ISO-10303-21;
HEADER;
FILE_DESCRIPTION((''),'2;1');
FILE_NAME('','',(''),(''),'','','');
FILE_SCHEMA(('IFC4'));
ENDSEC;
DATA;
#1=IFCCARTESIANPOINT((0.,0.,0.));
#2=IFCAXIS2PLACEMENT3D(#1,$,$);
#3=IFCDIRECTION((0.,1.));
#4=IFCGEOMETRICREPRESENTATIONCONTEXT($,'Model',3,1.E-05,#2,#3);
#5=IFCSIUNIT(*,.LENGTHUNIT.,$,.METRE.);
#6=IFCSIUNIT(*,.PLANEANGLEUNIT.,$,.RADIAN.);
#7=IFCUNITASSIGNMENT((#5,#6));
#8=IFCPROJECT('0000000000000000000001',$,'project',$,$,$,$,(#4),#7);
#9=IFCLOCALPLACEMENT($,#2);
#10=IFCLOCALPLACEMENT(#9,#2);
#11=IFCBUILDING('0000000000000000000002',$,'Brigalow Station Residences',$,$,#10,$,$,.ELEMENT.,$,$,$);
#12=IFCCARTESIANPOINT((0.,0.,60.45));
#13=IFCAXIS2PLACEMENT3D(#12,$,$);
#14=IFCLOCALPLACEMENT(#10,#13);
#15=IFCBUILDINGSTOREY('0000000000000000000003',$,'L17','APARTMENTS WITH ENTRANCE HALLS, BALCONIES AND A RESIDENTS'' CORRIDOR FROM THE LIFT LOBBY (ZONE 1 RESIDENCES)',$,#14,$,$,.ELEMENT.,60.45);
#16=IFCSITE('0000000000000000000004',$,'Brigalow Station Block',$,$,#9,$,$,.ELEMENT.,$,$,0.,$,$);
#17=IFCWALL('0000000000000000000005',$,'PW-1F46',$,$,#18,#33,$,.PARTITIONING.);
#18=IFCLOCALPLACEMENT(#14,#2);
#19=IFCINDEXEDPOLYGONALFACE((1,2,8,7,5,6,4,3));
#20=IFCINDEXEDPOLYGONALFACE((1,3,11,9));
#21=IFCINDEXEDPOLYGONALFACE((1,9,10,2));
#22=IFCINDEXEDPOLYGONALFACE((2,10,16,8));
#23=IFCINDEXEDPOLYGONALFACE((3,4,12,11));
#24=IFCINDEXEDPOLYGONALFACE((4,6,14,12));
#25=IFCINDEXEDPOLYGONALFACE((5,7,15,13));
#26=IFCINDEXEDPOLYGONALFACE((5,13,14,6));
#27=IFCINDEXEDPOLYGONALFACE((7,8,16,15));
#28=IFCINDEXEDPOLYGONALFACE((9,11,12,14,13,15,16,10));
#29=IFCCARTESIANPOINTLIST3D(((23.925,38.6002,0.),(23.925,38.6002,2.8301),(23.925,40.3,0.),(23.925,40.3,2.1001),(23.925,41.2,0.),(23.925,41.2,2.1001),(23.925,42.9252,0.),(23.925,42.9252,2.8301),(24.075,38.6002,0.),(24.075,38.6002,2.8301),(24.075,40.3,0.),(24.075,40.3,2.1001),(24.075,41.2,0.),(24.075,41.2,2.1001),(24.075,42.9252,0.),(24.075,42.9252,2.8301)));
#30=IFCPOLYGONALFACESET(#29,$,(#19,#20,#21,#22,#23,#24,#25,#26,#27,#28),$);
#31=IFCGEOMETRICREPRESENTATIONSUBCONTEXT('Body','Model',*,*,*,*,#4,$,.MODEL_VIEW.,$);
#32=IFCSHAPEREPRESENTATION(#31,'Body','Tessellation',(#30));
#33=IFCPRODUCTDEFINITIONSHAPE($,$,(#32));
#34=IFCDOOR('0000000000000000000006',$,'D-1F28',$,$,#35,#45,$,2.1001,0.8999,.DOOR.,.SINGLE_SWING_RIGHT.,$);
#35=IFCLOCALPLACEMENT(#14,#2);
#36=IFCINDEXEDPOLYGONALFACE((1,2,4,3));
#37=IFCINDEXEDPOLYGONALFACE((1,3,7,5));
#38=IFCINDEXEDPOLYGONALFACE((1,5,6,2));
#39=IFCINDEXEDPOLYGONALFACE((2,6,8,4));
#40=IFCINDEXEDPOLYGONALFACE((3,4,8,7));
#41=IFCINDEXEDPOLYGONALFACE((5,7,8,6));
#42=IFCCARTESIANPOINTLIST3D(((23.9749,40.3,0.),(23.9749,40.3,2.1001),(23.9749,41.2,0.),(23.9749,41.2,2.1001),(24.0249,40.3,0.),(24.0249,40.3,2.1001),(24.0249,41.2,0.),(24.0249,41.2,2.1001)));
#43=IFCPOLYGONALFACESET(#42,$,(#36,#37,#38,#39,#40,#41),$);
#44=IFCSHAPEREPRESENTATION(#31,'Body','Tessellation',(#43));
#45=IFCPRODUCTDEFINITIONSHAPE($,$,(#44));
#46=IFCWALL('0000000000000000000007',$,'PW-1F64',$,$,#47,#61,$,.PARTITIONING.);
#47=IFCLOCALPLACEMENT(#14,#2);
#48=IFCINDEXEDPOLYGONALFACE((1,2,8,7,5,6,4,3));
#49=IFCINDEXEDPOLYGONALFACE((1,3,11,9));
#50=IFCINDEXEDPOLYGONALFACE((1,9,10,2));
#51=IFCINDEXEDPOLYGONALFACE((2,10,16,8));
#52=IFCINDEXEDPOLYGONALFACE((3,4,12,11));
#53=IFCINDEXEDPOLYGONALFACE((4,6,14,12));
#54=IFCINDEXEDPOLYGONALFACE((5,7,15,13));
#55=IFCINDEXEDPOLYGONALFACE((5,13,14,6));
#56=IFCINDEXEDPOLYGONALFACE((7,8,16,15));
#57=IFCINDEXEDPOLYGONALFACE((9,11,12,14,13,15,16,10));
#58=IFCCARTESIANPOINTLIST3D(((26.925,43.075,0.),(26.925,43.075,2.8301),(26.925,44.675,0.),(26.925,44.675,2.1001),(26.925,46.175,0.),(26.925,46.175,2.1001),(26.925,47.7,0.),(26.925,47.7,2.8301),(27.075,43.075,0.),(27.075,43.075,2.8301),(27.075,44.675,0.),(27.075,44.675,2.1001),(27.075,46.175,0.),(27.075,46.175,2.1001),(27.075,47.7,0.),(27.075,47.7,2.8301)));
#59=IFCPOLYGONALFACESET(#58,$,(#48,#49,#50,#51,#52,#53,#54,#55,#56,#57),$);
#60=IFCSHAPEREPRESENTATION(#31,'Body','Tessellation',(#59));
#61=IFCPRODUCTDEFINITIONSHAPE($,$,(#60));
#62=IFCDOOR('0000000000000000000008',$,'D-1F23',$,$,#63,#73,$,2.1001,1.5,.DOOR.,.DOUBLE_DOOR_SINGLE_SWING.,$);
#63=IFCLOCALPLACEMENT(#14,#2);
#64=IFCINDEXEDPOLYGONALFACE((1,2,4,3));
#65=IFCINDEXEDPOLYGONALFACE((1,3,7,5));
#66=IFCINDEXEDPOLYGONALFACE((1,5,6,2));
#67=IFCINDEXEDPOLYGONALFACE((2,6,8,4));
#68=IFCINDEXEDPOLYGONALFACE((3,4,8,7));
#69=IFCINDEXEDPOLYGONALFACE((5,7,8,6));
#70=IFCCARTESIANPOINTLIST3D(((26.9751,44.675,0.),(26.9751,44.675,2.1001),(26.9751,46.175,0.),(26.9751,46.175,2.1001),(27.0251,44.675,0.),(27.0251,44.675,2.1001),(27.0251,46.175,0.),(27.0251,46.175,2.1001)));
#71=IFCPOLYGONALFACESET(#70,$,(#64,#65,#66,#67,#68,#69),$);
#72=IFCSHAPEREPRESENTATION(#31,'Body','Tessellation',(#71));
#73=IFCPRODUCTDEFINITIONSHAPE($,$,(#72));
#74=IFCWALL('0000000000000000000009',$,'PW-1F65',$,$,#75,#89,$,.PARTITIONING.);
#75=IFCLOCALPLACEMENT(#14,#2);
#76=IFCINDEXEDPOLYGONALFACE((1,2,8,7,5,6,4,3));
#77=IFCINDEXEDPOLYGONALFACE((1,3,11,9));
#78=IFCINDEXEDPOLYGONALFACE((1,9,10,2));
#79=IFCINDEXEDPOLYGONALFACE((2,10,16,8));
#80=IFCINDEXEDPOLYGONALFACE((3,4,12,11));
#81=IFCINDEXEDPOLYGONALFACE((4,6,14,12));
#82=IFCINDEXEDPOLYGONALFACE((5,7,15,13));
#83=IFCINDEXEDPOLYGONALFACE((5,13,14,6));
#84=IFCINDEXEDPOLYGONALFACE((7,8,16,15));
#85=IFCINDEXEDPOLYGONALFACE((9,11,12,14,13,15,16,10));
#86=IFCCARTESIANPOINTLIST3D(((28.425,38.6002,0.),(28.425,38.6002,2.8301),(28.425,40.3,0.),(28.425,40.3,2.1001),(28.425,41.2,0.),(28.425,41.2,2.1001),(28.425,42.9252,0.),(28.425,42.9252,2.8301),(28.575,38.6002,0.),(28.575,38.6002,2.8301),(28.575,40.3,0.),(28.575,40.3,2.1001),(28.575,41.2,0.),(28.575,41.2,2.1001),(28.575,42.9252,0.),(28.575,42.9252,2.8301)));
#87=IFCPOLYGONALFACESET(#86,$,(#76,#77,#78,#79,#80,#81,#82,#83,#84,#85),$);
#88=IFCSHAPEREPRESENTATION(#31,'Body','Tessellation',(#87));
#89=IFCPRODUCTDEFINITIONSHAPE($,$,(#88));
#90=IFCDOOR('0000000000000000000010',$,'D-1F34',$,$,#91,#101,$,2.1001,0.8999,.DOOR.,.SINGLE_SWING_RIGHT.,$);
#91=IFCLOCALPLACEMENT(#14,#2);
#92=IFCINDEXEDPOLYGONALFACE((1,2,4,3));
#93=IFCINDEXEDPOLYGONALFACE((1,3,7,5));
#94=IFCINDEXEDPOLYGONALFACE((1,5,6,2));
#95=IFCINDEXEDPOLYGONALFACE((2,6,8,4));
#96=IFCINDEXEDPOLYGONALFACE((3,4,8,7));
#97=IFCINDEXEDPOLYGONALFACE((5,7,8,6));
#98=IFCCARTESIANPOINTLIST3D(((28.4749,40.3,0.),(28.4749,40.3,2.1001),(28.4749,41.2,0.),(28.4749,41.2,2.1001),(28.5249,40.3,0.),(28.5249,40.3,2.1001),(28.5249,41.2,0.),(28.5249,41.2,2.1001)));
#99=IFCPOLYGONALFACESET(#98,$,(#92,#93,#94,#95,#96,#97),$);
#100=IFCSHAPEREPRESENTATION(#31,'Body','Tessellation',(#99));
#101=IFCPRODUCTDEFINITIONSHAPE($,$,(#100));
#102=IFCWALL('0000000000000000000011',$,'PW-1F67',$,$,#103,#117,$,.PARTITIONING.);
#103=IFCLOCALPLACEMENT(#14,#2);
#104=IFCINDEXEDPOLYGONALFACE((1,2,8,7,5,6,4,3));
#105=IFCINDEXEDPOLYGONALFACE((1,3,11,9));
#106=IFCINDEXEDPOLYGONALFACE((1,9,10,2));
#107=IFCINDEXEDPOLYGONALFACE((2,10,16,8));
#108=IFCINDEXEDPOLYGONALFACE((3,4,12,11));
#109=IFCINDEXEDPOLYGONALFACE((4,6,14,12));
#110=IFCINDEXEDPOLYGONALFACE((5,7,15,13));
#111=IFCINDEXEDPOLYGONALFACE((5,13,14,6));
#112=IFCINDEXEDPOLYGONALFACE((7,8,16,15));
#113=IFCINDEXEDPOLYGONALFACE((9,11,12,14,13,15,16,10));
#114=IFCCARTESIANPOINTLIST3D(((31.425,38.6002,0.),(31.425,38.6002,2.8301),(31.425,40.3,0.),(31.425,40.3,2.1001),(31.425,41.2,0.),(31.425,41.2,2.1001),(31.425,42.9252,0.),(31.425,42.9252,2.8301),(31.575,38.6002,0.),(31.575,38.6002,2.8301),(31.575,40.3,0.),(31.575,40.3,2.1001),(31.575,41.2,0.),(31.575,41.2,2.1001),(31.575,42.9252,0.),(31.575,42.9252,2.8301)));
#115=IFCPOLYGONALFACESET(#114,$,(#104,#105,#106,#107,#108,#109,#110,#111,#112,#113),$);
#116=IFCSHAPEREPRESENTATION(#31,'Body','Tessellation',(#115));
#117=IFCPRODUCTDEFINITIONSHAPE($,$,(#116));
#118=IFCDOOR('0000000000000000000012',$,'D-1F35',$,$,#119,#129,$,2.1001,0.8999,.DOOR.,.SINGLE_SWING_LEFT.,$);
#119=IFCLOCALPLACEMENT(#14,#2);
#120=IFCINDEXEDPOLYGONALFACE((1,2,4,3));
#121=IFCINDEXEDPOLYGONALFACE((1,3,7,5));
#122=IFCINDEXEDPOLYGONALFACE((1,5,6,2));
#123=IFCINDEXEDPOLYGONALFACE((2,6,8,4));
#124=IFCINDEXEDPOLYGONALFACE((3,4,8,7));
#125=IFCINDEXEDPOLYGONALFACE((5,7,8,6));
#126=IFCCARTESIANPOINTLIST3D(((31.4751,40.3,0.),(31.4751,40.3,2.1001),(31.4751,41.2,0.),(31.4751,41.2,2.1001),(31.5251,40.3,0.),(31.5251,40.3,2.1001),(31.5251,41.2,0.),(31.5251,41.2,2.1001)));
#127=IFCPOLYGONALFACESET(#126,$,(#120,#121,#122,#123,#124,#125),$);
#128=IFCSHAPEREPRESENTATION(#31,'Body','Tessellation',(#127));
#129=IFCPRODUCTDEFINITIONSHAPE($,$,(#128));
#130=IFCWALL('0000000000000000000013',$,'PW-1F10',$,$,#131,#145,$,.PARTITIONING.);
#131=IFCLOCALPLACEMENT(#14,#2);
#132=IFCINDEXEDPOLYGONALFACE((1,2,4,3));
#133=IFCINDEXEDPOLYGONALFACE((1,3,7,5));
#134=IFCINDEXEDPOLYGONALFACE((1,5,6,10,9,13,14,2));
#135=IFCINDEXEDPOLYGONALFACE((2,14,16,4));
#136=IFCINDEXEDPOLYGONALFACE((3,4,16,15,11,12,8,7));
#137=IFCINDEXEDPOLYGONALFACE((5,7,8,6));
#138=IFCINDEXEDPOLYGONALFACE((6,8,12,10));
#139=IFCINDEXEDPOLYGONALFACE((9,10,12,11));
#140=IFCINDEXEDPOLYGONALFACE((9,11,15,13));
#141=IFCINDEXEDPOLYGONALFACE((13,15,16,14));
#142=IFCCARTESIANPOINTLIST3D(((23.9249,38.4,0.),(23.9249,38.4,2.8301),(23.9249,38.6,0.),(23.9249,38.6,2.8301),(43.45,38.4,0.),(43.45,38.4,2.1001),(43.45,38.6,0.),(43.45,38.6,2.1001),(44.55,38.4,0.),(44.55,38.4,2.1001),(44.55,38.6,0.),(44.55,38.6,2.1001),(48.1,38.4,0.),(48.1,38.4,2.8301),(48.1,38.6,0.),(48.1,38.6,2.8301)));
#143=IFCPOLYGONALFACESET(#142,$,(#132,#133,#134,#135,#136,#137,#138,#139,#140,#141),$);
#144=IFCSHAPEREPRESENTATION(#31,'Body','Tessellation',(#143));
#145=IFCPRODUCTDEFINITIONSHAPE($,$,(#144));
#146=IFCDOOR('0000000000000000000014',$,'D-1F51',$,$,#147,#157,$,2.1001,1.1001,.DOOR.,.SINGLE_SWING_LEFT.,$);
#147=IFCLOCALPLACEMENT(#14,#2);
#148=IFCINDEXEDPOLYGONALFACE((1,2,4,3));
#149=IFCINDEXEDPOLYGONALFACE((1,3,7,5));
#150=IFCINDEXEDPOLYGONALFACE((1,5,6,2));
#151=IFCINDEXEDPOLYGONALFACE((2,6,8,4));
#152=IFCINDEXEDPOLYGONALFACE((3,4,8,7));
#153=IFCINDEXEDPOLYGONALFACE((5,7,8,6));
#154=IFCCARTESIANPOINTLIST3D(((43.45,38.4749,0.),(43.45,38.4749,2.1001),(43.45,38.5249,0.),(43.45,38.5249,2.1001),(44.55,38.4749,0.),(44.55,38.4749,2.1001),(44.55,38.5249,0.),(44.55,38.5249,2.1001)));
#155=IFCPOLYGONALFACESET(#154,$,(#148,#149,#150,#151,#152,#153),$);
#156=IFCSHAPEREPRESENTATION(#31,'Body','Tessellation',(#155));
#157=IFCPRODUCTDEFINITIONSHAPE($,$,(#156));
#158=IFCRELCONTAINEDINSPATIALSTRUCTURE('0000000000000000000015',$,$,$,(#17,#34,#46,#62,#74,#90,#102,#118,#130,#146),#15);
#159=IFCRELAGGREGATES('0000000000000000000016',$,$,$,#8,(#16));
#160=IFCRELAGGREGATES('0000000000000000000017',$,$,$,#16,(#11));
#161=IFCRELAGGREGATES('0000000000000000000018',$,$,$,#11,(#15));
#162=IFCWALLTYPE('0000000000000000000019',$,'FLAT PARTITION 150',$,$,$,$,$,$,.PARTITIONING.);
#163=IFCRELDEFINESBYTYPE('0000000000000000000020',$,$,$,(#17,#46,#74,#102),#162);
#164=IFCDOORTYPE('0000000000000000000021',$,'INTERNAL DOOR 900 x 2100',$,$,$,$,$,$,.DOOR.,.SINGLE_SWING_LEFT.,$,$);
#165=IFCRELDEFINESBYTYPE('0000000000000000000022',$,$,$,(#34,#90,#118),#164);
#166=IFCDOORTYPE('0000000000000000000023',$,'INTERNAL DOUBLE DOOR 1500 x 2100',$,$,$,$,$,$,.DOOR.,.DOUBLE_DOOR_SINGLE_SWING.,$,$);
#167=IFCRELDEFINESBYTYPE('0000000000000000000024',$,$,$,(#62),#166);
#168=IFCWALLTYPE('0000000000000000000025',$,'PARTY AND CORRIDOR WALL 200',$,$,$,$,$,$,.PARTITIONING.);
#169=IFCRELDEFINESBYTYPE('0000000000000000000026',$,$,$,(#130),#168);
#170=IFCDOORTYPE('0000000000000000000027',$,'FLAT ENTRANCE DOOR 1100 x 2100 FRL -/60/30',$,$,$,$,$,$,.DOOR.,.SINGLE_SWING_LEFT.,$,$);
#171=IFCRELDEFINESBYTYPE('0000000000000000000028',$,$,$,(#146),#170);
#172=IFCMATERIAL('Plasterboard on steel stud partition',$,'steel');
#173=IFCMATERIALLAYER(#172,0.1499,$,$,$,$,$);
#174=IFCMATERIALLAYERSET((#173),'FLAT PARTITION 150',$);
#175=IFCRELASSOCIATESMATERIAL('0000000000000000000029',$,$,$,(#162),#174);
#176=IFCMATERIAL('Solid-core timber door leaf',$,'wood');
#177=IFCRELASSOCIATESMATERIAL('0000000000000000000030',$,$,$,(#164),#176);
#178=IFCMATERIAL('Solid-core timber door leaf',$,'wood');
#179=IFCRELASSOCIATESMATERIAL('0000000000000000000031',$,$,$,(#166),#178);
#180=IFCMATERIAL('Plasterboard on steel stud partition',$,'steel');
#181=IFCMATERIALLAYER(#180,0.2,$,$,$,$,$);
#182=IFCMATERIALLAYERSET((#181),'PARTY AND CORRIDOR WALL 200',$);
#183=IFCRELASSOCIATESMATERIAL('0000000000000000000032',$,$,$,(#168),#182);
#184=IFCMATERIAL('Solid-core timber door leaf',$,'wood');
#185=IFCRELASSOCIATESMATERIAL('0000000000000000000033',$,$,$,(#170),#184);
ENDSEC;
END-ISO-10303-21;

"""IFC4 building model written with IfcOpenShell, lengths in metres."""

from ifc_helpers import new_model, si_unit, direction, frame, frame_2d, origin, place, context, subcontext, project, spatial, rectangle, extrude, material, layer, layer_set, type_object, element, fill, save


model = new_model("IFC4")

# Units and contexts
model_context = context("Model", 3, precision=1e-05, world=origin(), true_north=direction((0.0, 1.0)))
body_context = subcontext(model_context, "Body", "Model", "MODEL_VIEW")
ifc_project = project(units=[si_unit("LENGTHUNIT", "METRE"), si_unit("PLANEANGLEUNIT", "RADIAN")], contexts=[model_context])

# Site, building, storey
site_placement = place(None, origin())
site = spatial("IfcSite", under=ifc_project, at=site_placement, Name="Brigalow Station Block", CompositionType="ELEMENT", RefElevation=0.0)
building_placement = place(site_placement, origin())
building = spatial("IfcBuilding", under=site, at=building_placement, Name="Brigalow Station Residences", CompositionType="ELEMENT")
storey_placement = place(building_placement, frame((0.0, 0.0, 60.45)))
storey = spatial("IfcBuildingStorey", under=building, at=storey_placement, Name="L17", Description="APARTMENTS WITH ENTRANCE HALLS, BALCONIES AND A RESIDENTS' CORRIDOR FROM THE LIFT LOBBY (ZONE 1 RESIDENCES)", CompositionType="ELEMENT", Elevation=60.45)

# Walls, openings, doors
ifc_material_1 = material(Name="Plasterboard on steel stud partition", Category="steel")
ifc_layer_1 = layer(ifc_material_1, 0.1499)
ifc_layer_set_1 = layer_set([ifc_layer_1], Name="FLAT PARTITION 150")
wall_type_1 = type_object("IfcWallType", Name="FLAT PARTITION 150", PredefinedType="PARTITIONING", material=ifc_layer_set_1)
wall_1_placement = place(storey_placement, frame((24.0, 38.6001, 0.0), z_axis=(0.0, 0.0, 1.0), x_axis=(0.0, 1.0, 0.0)))
wall_1 = element("IfcWall", 1, at=wall_1_placement, inside=storey, type_object=wall_type_1, Name="PW-1F46", PredefinedType="PARTITIONING", context=body_context, shape_type="SweptSolid", body=[
    extrude(rectangle(XDim=4.325, YDim=0.1499, at=frame_2d((2.1626, 0.0))), origin(), (0.0, 0.0, 1.0), 2.8301),
])
opening_1_placement = place(wall_1_placement, frame((1.7, 0.0, 0.0)))
opening_1 = element("IfcOpeningElement", 2, at=opening_1_placement, cuts=wall_1, PredefinedType="OPENING", context=body_context, shape_type="SweptSolid", body=[
    extrude(rectangle(XDim=0.8999, YDim=2.1001, at=frame_2d((0.45, 1.05))), frame((0.0, 0.085, 0.0), z_axis=(0.0, -1.0, 0.0), x_axis=(1.0, 0.0, 0.0)), (0.0, 0.0, 1.0), 0.1699),
])
ifc_material_2 = material(Name="Solid-core timber door leaf", Category="wood")
door_type_1 = type_object("IfcDoorType", Name="INTERNAL DOOR 900 x 2100", OperationType="SINGLE_SWING_LEFT", PredefinedType="DOOR", material=ifc_material_2)
door_1_placement = place(opening_1_placement, frame((0.8999, 0.0, 0.0), z_axis=(0.0, 0.0, 1.0), x_axis=(-1.0, 0.0, 0.0)))
door_1 = element("IfcDoor", 3, at=door_1_placement, inside=storey, type_object=door_type_1, Name="D-1F28", OperationType="SINGLE_SWING_RIGHT", OverallHeight=2.1001, OverallWidth=0.8999, PredefinedType="DOOR", context=body_context, shape_type="SweptSolid", body=[
    extrude(rectangle(XDim=0.8999, YDim=2.1001, at=frame_2d((0.45, 1.05))), frame((0.0, 0.0249, 0.0), z_axis=(0.0, -1.0, 0.0), x_axis=(1.0, 0.0, 0.0)), (0.0, 0.0, 1.0), 0.05),
])
fill(opening_1, door_1)
wall_2_placement = place(storey_placement, frame((27.0, 43.075, 0.0), z_axis=(0.0, 0.0, 1.0), x_axis=(0.0, 1.0, 0.0)))
wall_2 = element("IfcWall", 4, at=wall_2_placement, inside=storey, type_object=wall_type_1, Name="PW-1F64", PredefinedType="PARTITIONING", context=body_context, shape_type="SweptSolid", body=[
    extrude(rectangle(XDim=4.625, YDim=0.1499, at=frame_2d((2.3125, 0.0))), origin(), (0.0, 0.0, 1.0), 2.8301),
])
opening_2_placement = place(wall_2_placement, frame((1.6001, 0.0, 0.0)))
opening_2 = element("IfcOpeningElement", 5, at=opening_2_placement, cuts=wall_2, PredefinedType="OPENING", context=body_context, shape_type="SweptSolid", body=[
    extrude(rectangle(XDim=1.5, YDim=2.1001, at=frame_2d((0.75, 1.05))), frame((0.0, 0.085, 0.0), z_axis=(0.0, -1.0, 0.0), x_axis=(1.0, 0.0, 0.0)), (0.0, 0.0, 1.0), 0.1699),
])
ifc_material_3 = material(Name="Solid-core timber door leaf", Category="wood")
door_type_2 = type_object("IfcDoorType", Name="INTERNAL DOUBLE DOOR 1500 x 2100", OperationType="DOUBLE_DOOR_SINGLE_SWING", PredefinedType="DOOR", material=ifc_material_3)
door_2_placement = place(opening_2_placement, origin())
door_2 = element("IfcDoor", 6, at=door_2_placement, inside=storey, type_object=door_type_2, Name="D-1F23", OperationType="DOUBLE_DOOR_SINGLE_SWING", OverallHeight=2.1001, OverallWidth=1.5, PredefinedType="DOOR", context=body_context, shape_type="SweptSolid", body=[
    extrude(rectangle(XDim=1.5, YDim=2.1001, at=frame_2d((0.75, 1.05))), frame((0.0, 0.0249, 0.0), z_axis=(0.0, -1.0, 0.0), x_axis=(1.0, 0.0, 0.0)), (0.0, 0.0, 1.0), 0.05),
])
fill(opening_2, door_2)
wall_3_placement = place(storey_placement, frame((28.5, 38.6001, 0.0), z_axis=(0.0, 0.0, 1.0), x_axis=(0.0, 1.0, 0.0)))
wall_3 = element("IfcWall", 7, at=wall_3_placement, inside=storey, type_object=wall_type_1, Name="PW-1F65", PredefinedType="PARTITIONING", context=body_context, shape_type="SweptSolid", body=[
    extrude(rectangle(XDim=4.325, YDim=0.1499, at=frame_2d((2.1626, 0.0))), origin(), (0.0, 0.0, 1.0), 2.8301),
])
opening_3_placement = place(wall_3_placement, frame((1.7, 0.0, 0.0)))
opening_3 = element("IfcOpeningElement", 8, at=opening_3_placement, cuts=wall_3, PredefinedType="OPENING", context=body_context, shape_type="SweptSolid", body=[
    extrude(rectangle(XDim=0.8999, YDim=2.1001, at=frame_2d((0.45, 1.05))), frame((0.0, 0.085, 0.0), z_axis=(0.0, -1.0, 0.0), x_axis=(1.0, 0.0, 0.0)), (0.0, 0.0, 1.0), 0.1699),
])
door_3_placement = place(opening_3_placement, frame((0.8999, 0.0, 0.0), z_axis=(0.0, 0.0, 1.0), x_axis=(-1.0, 0.0, 0.0)))
door_3 = element("IfcDoor", 9, at=door_3_placement, inside=storey, type_object=door_type_1, Name="D-1F34", OperationType="SINGLE_SWING_RIGHT", OverallHeight=2.1001, OverallWidth=0.8999, PredefinedType="DOOR", context=body_context, shape_type="SweptSolid", body=[
    extrude(rectangle(XDim=0.8999, YDim=2.1001, at=frame_2d((0.45, 1.05))), frame((0.0, 0.0249, 0.0), z_axis=(0.0, -1.0, 0.0), x_axis=(1.0, 0.0, 0.0)), (0.0, 0.0, 1.0), 0.05),
])
fill(opening_3, door_3)
wall_4_placement = place(storey_placement, frame((31.5, 38.6001, 0.0), z_axis=(0.0, 0.0, 1.0), x_axis=(0.0, 1.0, 0.0)))
wall_4 = element("IfcWall", 10, at=wall_4_placement, inside=storey, type_object=wall_type_1, Name="PW-1F67", PredefinedType="PARTITIONING", context=body_context, shape_type="SweptSolid", body=[
    extrude(rectangle(XDim=4.325, YDim=0.1499, at=frame_2d((2.1626, 0.0))), origin(), (0.0, 0.0, 1.0), 2.8301),
])
opening_4_placement = place(wall_4_placement, frame((1.7, 0.0, 0.0)))
opening_4 = element("IfcOpeningElement", 11, at=opening_4_placement, cuts=wall_4, PredefinedType="OPENING", context=body_context, shape_type="SweptSolid", body=[
    extrude(rectangle(XDim=0.8999, YDim=2.1001, at=frame_2d((0.45, 1.05))), frame((0.0, 0.085, 0.0), z_axis=(0.0, -1.0, 0.0), x_axis=(1.0, 0.0, 0.0)), (0.0, 0.0, 1.0), 0.1699),
])
door_4_placement = place(opening_4_placement, origin())
door_4 = element("IfcDoor", 12, at=door_4_placement, inside=storey, type_object=door_type_1, Name="D-1F35", OperationType="SINGLE_SWING_LEFT", OverallHeight=2.1001, OverallWidth=0.8999, PredefinedType="DOOR", context=body_context, shape_type="SweptSolid", body=[
    extrude(rectangle(XDim=0.8999, YDim=2.1001, at=frame_2d((0.45, 1.05))), frame((0.0, 0.0249, 0.0), z_axis=(0.0, -1.0, 0.0), x_axis=(1.0, 0.0, 0.0)), (0.0, 0.0, 1.0), 0.05),
])
fill(opening_4, door_4)
ifc_material_4 = material(Name="Plasterboard on steel stud partition", Category="steel")
ifc_layer_2 = layer(ifc_material_4, 0.2)
ifc_layer_set_2 = layer_set([ifc_layer_2], Name="PARTY AND CORRIDOR WALL 200")
wall_type_2 = type_object("IfcWallType", Name="PARTY AND CORRIDOR WALL 200", PredefinedType="PARTITIONING", material=ifc_layer_set_2)
wall_5_placement = place(storey_placement, frame((23.925, 38.5, 0.0), z_axis=(0.0, 0.0, 1.0), x_axis=(1.0, 0.0, 0.0)))
wall_5 = element("IfcWall", 13, at=wall_5_placement, inside=storey, type_object=wall_type_2, Name="PW-1F10", PredefinedType="PARTITIONING", context=body_context, shape_type="SweptSolid", body=[
    extrude(rectangle(XDim=24.175, YDim=0.2, at=frame_2d((12.0874, 0.0))), origin(), (0.0, 0.0, 1.0), 2.8301),
])
opening_5_placement = place(wall_5_placement, frame((19.5249, 0.0, 0.0)))
opening_5 = element("IfcOpeningElement", 14, at=opening_5_placement, cuts=wall_5, PredefinedType="OPENING", context=body_context, shape_type="SweptSolid", body=[
    extrude(rectangle(XDim=1.1001, YDim=2.1001, at=frame_2d((0.55, 1.05))), frame((0.0, 0.1099, 0.0), z_axis=(0.0, -1.0, 0.0), x_axis=(1.0, 0.0, 0.0)), (0.0, 0.0, 1.0), 0.22),
])
ifc_material_5 = material(Name="Solid-core timber door leaf", Category="wood")
door_type_3 = type_object("IfcDoorType", Name="FLAT ENTRANCE DOOR 1100 x 2100 FRL -/60/30", OperationType="SINGLE_SWING_LEFT", PredefinedType="DOOR", material=ifc_material_5)
door_5_placement = place(opening_5_placement, origin())
door_5 = element("IfcDoor", 15, at=door_5_placement, inside=storey, type_object=door_type_3, Name="D-1F51", OperationType="SINGLE_SWING_LEFT", OverallHeight=2.1001, OverallWidth=1.1001, PredefinedType="DOOR", context=body_context, shape_type="SweptSolid", body=[
    extrude(rectangle(XDim=1.1001, YDim=2.1001, at=frame_2d((0.55, 1.05))), frame((0.0, 0.0249, 0.0), z_axis=(0.0, -1.0, 0.0), x_axis=(1.0, 0.0, 0.0)), (0.0, 0.0, 1.0), 0.05),
])
fill(opening_5, door_5)

save(model, "model.ifc")
